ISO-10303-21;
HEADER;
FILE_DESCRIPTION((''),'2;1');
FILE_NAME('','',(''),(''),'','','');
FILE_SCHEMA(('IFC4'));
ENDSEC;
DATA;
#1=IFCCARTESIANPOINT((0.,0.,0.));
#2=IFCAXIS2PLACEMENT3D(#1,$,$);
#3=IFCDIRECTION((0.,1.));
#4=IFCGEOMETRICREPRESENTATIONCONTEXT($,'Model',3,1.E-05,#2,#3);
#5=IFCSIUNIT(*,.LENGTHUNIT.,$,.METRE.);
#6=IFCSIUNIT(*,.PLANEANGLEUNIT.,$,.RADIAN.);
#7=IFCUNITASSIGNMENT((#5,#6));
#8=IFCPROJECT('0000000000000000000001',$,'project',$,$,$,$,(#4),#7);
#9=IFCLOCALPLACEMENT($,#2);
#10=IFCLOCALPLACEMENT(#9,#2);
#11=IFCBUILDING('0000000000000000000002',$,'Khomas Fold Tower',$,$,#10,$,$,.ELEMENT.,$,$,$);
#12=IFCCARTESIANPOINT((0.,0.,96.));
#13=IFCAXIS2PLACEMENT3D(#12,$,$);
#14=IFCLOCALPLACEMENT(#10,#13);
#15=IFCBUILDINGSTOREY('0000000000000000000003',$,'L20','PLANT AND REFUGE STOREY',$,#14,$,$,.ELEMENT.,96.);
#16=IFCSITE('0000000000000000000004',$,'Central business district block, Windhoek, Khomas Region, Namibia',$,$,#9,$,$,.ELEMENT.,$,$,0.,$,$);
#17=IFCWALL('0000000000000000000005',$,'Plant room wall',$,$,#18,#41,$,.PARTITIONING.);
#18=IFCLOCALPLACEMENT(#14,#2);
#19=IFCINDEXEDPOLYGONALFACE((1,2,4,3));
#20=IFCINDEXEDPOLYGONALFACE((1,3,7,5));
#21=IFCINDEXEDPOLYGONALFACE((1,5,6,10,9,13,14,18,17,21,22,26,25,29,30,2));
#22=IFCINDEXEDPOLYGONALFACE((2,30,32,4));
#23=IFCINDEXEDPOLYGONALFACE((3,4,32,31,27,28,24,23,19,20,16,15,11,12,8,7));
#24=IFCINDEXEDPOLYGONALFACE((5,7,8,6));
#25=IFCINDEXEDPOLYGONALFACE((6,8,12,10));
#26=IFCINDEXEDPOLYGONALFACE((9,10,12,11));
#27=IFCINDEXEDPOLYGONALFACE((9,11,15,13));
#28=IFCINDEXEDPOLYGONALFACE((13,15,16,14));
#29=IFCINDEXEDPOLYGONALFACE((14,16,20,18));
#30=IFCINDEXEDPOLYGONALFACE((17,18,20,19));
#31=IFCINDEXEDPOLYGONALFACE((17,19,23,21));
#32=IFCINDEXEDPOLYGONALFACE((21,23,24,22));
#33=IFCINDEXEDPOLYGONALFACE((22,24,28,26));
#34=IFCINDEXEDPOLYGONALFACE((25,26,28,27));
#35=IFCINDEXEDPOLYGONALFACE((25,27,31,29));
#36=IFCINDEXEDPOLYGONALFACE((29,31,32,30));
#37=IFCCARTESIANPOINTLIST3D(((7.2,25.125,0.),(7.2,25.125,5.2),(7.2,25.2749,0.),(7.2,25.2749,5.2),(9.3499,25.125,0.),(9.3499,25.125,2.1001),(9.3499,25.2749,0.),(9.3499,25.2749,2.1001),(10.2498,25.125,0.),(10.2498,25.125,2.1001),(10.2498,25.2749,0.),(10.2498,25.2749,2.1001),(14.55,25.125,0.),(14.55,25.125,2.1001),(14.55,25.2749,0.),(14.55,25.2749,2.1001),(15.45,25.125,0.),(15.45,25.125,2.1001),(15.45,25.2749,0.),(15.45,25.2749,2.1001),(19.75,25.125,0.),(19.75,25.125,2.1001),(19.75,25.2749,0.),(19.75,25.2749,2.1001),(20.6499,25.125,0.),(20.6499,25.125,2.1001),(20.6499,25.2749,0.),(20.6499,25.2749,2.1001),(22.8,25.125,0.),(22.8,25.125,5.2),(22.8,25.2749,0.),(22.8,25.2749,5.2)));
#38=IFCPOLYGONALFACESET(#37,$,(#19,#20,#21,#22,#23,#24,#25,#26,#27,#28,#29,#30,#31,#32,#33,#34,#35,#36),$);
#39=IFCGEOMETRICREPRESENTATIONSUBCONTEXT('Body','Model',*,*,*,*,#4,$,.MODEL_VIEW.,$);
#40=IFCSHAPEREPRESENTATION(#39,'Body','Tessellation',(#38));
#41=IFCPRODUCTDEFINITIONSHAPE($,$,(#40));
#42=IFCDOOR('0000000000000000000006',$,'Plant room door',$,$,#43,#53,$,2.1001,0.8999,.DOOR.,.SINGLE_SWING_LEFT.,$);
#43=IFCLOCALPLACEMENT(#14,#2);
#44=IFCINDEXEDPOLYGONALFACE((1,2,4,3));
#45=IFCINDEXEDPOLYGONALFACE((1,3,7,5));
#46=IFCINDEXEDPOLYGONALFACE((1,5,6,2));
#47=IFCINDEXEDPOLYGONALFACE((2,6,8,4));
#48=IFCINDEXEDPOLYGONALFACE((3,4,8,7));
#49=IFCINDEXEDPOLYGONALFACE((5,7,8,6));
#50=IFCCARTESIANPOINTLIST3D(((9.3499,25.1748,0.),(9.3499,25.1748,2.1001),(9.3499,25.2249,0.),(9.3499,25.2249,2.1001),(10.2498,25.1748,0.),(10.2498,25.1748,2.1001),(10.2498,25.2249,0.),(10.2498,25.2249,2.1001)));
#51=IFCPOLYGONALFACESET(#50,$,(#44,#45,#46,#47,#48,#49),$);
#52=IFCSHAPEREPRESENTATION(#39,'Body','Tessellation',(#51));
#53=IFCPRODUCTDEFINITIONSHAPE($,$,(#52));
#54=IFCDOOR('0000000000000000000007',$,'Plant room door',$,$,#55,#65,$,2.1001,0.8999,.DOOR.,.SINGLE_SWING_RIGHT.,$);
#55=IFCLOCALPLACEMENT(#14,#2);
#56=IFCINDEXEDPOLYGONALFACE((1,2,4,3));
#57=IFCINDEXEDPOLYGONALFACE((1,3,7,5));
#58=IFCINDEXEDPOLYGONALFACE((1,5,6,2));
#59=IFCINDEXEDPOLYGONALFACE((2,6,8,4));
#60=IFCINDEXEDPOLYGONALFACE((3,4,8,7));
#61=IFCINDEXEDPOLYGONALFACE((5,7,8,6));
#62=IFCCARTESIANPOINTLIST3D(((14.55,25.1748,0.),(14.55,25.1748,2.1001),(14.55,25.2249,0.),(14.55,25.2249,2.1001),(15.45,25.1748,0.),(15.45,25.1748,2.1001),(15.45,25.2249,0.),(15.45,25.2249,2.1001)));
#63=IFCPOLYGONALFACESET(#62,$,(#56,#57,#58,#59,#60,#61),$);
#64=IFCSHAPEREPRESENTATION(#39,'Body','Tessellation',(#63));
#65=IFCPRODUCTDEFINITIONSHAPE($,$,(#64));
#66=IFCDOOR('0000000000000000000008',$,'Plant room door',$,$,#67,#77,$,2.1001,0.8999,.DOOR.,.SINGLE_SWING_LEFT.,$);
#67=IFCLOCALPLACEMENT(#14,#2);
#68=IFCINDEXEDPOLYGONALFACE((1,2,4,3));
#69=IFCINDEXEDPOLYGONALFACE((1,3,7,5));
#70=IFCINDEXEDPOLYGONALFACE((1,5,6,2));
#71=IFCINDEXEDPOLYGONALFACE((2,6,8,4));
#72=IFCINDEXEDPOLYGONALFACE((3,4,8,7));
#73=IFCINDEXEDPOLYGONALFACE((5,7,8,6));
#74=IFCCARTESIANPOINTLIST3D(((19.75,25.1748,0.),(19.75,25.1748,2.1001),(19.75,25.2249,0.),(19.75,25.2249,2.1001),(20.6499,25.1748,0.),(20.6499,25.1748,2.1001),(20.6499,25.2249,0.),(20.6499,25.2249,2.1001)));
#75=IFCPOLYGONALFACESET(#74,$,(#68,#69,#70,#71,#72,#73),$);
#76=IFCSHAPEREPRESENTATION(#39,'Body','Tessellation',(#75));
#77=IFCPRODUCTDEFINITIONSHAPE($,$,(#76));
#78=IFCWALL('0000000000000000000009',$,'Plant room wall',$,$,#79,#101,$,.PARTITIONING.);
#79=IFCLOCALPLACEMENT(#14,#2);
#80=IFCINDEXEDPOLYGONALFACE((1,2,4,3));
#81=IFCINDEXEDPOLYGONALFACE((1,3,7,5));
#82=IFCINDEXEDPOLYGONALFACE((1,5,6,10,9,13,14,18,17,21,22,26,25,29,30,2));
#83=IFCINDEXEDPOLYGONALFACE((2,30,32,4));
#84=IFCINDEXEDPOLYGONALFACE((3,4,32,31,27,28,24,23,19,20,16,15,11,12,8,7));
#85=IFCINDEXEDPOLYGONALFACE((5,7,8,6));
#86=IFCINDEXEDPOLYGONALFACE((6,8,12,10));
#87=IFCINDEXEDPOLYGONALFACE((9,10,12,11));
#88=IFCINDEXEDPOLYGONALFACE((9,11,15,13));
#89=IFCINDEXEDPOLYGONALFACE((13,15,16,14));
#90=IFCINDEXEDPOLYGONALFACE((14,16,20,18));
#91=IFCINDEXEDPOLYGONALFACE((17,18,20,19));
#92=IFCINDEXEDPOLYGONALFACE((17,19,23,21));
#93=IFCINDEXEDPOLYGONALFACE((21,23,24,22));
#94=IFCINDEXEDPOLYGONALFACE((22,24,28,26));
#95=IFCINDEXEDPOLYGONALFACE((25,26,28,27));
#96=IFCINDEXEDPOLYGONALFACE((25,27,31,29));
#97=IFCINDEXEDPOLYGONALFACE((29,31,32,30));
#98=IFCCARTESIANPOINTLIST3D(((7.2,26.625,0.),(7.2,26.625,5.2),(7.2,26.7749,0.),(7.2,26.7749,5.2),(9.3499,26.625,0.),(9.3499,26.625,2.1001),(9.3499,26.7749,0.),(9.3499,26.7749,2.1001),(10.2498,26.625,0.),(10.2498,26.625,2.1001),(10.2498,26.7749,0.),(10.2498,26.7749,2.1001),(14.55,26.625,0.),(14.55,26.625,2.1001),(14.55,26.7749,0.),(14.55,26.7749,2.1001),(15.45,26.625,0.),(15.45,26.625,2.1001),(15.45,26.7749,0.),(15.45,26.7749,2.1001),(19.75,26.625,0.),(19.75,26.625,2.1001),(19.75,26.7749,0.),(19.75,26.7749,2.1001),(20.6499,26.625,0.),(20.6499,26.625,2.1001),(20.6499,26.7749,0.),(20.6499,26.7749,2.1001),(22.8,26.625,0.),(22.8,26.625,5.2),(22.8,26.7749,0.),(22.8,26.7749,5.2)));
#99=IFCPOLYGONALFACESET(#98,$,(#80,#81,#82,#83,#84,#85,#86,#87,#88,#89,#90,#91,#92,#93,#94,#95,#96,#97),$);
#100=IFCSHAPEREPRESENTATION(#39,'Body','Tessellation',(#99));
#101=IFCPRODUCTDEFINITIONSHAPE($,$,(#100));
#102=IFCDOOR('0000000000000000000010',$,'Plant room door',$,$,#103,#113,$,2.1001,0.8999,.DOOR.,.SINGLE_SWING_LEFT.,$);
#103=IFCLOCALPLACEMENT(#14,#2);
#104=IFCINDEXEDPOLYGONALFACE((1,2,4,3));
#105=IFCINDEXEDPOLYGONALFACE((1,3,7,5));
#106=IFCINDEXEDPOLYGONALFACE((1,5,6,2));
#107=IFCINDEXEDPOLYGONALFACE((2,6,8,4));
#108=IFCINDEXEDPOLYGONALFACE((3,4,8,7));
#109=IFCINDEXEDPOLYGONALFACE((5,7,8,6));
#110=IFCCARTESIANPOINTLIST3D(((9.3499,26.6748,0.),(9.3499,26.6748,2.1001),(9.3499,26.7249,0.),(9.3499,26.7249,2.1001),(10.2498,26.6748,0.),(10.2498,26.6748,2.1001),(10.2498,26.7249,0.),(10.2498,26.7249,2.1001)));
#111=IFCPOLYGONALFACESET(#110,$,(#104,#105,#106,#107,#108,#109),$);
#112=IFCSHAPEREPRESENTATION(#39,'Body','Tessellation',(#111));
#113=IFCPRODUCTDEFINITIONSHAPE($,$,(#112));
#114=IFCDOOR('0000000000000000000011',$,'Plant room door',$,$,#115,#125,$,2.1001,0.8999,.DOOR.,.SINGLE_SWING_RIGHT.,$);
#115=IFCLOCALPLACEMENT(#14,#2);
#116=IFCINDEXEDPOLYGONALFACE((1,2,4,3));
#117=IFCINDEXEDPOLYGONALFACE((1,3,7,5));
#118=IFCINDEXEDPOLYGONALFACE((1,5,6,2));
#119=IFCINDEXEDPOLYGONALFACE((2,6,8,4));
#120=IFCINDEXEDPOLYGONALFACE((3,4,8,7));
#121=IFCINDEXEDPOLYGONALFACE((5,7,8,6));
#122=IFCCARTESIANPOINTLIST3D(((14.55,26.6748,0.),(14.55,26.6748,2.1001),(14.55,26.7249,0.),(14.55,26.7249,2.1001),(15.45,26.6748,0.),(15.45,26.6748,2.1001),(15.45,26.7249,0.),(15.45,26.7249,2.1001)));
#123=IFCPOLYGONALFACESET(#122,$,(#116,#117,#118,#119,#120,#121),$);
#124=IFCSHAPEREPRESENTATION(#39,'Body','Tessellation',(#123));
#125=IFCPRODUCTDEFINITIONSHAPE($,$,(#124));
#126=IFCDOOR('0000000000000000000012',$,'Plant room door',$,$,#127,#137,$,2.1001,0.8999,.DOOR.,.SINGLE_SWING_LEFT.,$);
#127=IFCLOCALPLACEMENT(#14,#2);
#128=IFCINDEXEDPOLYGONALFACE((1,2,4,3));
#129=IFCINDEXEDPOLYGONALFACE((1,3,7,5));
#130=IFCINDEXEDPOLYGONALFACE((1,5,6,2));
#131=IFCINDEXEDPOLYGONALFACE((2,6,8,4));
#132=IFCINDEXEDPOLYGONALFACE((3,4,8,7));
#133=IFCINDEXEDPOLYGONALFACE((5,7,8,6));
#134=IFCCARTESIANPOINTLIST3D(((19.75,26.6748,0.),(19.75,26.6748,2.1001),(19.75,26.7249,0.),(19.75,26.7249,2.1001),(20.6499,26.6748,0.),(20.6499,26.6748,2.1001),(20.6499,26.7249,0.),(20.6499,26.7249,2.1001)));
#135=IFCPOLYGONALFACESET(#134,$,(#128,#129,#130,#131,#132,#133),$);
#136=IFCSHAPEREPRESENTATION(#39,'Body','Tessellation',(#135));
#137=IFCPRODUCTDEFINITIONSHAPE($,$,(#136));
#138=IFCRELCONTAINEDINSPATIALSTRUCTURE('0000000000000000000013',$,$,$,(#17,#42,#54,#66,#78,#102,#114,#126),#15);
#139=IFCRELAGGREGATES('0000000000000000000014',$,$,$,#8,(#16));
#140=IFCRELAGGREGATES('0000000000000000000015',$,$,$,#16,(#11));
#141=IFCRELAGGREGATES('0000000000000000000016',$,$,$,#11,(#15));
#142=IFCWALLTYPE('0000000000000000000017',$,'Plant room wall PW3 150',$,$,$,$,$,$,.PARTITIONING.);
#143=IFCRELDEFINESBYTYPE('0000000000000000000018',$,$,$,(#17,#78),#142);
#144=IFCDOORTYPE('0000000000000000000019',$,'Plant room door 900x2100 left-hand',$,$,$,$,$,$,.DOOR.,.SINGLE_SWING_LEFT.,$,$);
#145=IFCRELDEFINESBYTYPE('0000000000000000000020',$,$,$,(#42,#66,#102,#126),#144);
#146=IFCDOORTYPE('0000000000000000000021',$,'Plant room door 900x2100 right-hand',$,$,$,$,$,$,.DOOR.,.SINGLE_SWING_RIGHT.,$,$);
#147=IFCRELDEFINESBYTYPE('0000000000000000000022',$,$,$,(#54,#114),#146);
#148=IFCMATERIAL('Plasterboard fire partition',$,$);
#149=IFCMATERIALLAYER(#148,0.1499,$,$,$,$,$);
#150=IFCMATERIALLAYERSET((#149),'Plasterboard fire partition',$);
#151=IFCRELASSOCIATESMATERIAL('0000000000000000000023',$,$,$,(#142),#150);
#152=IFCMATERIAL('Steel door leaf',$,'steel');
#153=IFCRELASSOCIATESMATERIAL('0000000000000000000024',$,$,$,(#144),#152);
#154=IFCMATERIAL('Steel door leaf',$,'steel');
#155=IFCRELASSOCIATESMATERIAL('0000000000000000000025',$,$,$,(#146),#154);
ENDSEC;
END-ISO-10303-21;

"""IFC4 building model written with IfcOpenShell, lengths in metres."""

from ifc_helpers import new_model, si_unit, direction, frame, frame_2d, origin, place, context, subcontext, project, spatial, rectangle, extrude, source, transform, mapped, material, layer, layer_set, type_object, element, fill, save


model = new_model("IFC4")

# Units and contexts
model_context = context("Model", 3, precision=1e-05, world=origin(), true_north=direction((0.0, 1.0)))
body_context = subcontext(model_context, "Body", "Model", "MODEL_VIEW")
ifc_project = project(units=[si_unit("LENGTHUNIT", "METRE"), si_unit("PLANEANGLEUNIT", "RADIAN")], contexts=[model_context])

# Site, building, storey
site_placement = place(None, origin())
site = spatial("IfcSite", under=ifc_project, at=site_placement, Name="Central business district block, Windhoek, Khomas Region, Namibia", CompositionType="ELEMENT", RefElevation=0.0)
building_placement = place(site_placement, origin())
building = spatial("IfcBuilding", under=site, at=building_placement, Name="Khomas Fold Tower", CompositionType="ELEMENT")
storey_placement = place(building_placement, frame((0.0, 0.0, 96.0)))
storey = spatial("IfcBuildingStorey", under=building, at=storey_placement, Name="L20", Description="PLANT AND REFUGE STOREY", CompositionType="ELEMENT", Elevation=96.0)

# Walls, openings, doors
ifc_material_1 = material(Name="Plasterboard fire partition")
ifc_layer_1 = layer(ifc_material_1, 0.1499)
ifc_layer_set_1 = layer_set([ifc_layer_1], Name="Plasterboard fire partition")
wall_type_1 = type_object("IfcWallType", Name="Plant room wall PW3 150", PredefinedType="PARTITIONING", material=ifc_layer_set_1)
shared_shape_1 = source(origin(), body_context, "Body", "SweptSolid", [
    extrude(rectangle(XDim=15.6001, YDim=0.1499, at=frame_2d((7.8, 0.0))), origin(), (0.0, 0.0, 1.0), 5.2),
])
wall_1_placement = place(storey_placement, frame((7.2, 25.2, 0.0), z_axis=(0.0, 0.0, 1.0), x_axis=(1.0, 0.0, 0.0)))
wall_1 = element("IfcWall", 1, at=wall_1_placement, inside=storey, type_object=wall_type_1, Name="Plant room wall", PredefinedType="PARTITIONING", context=body_context, shape_type="MappedRepresentation", body=[
    mapped(shared_shape_1, transform((0.0, 0.0, 0.0))),
])
shared_shape_2 = source(origin(), body_context, "Body", "SweptSolid", [
    extrude(rectangle(XDim=0.8999, YDim=2.1001, at=frame_2d((0.45, 1.05))), frame((0.0, 0.085, 0.0), z_axis=(0.0, -1.0, 0.0), x_axis=(1.0, 0.0, 0.0)), (0.0, 0.0, 1.0), 0.1699),
])
opening_1_placement = place(wall_1_placement, frame((2.1499, 0.0, 0.0)))
opening_1 = element("IfcOpeningElement", 2, at=opening_1_placement, cuts=wall_1, PredefinedType="OPENING", context=body_context, shape_type="MappedRepresentation", body=[
    mapped(shared_shape_2, transform((0.0, 0.0, 0.0))),
])
opening_2_placement = place(wall_1_placement, frame((7.3501, 0.0, 0.0)))
opening_2 = element("IfcOpeningElement", 3, at=opening_2_placement, cuts=wall_1, PredefinedType="OPENING", context=body_context, shape_type="MappedRepresentation", body=[
    mapped(shared_shape_2, transform((0.0, 0.0, 0.0))),
])
opening_3_placement = place(wall_1_placement, frame((12.55, 0.0, 0.0)))
opening_3 = element("IfcOpeningElement", 4, at=opening_3_placement, cuts=wall_1, PredefinedType="OPENING", context=body_context, shape_type="MappedRepresentation", body=[
    mapped(shared_shape_2, transform((0.0, 0.0, 0.0))),
])
ifc_material_2 = material(Name="Steel door leaf", Category="steel")
door_type_1 = type_object("IfcDoorType", Name="Plant room door 900x2100 left-hand", OperationType="SINGLE_SWING_LEFT", PredefinedType="DOOR", material=ifc_material_2)
shared_shape_3 = source(origin(), body_context, "Body", "SweptSolid", [
    extrude(rectangle(XDim=0.8999, YDim=2.1001, at=frame_2d((0.45, 1.05))), frame((0.0, 0.0249, 0.0), z_axis=(0.0, -1.0, 0.0), x_axis=(1.0, 0.0, 0.0)), (0.0, 0.0, 1.0), 0.05),
])
door_1_placement = place(opening_1_placement, origin())
door_1 = element("IfcDoor", 5, at=door_1_placement, inside=storey, type_object=door_type_1, Name="Plant room door", OperationType="SINGLE_SWING_LEFT", OverallHeight=2.1001, OverallWidth=0.8999, PredefinedType="DOOR", context=body_context, shape_type="MappedRepresentation", body=[
    mapped(shared_shape_3, transform((0.0, 0.0, 0.0))),
])
fill(opening_1, door_1)
ifc_material_3 = material(Name="Steel door leaf", Category="steel")
door_type_2 = type_object("IfcDoorType", Name="Plant room door 900x2100 right-hand", OperationType="SINGLE_SWING_RIGHT", PredefinedType="DOOR", material=ifc_material_3)
door_2_placement = place(opening_2_placement, origin())
door_2 = element("IfcDoor", 6, at=door_2_placement, inside=storey, type_object=door_type_2, Name="Plant room door", OperationType="SINGLE_SWING_RIGHT", OverallHeight=2.1001, OverallWidth=0.8999, PredefinedType="DOOR", context=body_context, shape_type="MappedRepresentation", body=[
    mapped(shared_shape_3, transform((0.0, 0.0, 0.0))),
])
fill(opening_2, door_2)
door_3_placement = place(opening_3_placement, origin())
door_3 = element("IfcDoor", 7, at=door_3_placement, inside=storey, type_object=door_type_1, Name="Plant room door", OperationType="SINGLE_SWING_LEFT", OverallHeight=2.1001, OverallWidth=0.8999, PredefinedType="DOOR", context=body_context, shape_type="MappedRepresentation", body=[
    mapped(shared_shape_3, transform((0.0, 0.0, 0.0))),
])
fill(opening_3, door_3)
wall_2_placement = place(storey_placement, frame((7.2, 26.7, 0.0), z_axis=(0.0, 0.0, 1.0), x_axis=(1.0, 0.0, 0.0)))
wall_2 = element("IfcWall", 8, at=wall_2_placement, inside=storey, type_object=wall_type_1, Name="Plant room wall", PredefinedType="PARTITIONING", context=body_context, shape_type="MappedRepresentation", body=[
    mapped(shared_shape_1, transform((0.0, 0.0, 0.0))),
])
opening_4_placement = place(wall_2_placement, frame((2.1499, 0.0, 0.0)))
opening_4 = element("IfcOpeningElement", 9, at=opening_4_placement, cuts=wall_2, PredefinedType="OPENING", context=body_context, shape_type="MappedRepresentation", body=[
    mapped(shared_shape_2, transform((0.0, 0.0, 0.0))),
])
opening_5_placement = place(wall_2_placement, frame((7.3501, 0.0, 0.0)))
opening_5 = element("IfcOpeningElement", 10, at=opening_5_placement, cuts=wall_2, PredefinedType="OPENING", context=body_context, shape_type="MappedRepresentation", body=[
    mapped(shared_shape_2, transform((0.0, 0.0, 0.0))),
])
opening_6_placement = place(wall_2_placement, frame((12.55, 0.0, 0.0)))
opening_6 = element("IfcOpeningElement", 11, at=opening_6_placement, cuts=wall_2, PredefinedType="OPENING", context=body_context, shape_type="MappedRepresentation", body=[
    mapped(shared_shape_2, transform((0.0, 0.0, 0.0))),
])
door_4_placement = place(opening_4_placement, origin())
door_4 = element("IfcDoor", 12, at=door_4_placement, inside=storey, type_object=door_type_1, Name="Plant room door", OperationType="SINGLE_SWING_LEFT", OverallHeight=2.1001, OverallWidth=0.8999, PredefinedType="DOOR", context=body_context, shape_type="MappedRepresentation", body=[
    mapped(shared_shape_3, transform((0.0, 0.0, 0.0))),
])
fill(opening_4, door_4)
door_5_placement = place(opening_5_placement, origin())
door_5 = element("IfcDoor", 13, at=door_5_placement, inside=storey, type_object=door_type_2, Name="Plant room door", OperationType="SINGLE_SWING_RIGHT", OverallHeight=2.1001, OverallWidth=0.8999, PredefinedType="DOOR", context=body_context, shape_type="MappedRepresentation", body=[
    mapped(shared_shape_3, transform((0.0, 0.0, 0.0))),
])
fill(opening_5, door_5)
door_6_placement = place(opening_6_placement, origin())
door_6 = element("IfcDoor", 14, at=door_6_placement, inside=storey, type_object=door_type_1, Name="Plant room door", OperationType="SINGLE_SWING_LEFT", OverallHeight=2.1001, OverallWidth=0.8999, PredefinedType="DOOR", context=body_context, shape_type="MappedRepresentation", body=[
    mapped(shared_shape_3, transform((0.0, 0.0, 0.0))),
])
fill(opening_6, door_6)

save(model, "model.ifc")
